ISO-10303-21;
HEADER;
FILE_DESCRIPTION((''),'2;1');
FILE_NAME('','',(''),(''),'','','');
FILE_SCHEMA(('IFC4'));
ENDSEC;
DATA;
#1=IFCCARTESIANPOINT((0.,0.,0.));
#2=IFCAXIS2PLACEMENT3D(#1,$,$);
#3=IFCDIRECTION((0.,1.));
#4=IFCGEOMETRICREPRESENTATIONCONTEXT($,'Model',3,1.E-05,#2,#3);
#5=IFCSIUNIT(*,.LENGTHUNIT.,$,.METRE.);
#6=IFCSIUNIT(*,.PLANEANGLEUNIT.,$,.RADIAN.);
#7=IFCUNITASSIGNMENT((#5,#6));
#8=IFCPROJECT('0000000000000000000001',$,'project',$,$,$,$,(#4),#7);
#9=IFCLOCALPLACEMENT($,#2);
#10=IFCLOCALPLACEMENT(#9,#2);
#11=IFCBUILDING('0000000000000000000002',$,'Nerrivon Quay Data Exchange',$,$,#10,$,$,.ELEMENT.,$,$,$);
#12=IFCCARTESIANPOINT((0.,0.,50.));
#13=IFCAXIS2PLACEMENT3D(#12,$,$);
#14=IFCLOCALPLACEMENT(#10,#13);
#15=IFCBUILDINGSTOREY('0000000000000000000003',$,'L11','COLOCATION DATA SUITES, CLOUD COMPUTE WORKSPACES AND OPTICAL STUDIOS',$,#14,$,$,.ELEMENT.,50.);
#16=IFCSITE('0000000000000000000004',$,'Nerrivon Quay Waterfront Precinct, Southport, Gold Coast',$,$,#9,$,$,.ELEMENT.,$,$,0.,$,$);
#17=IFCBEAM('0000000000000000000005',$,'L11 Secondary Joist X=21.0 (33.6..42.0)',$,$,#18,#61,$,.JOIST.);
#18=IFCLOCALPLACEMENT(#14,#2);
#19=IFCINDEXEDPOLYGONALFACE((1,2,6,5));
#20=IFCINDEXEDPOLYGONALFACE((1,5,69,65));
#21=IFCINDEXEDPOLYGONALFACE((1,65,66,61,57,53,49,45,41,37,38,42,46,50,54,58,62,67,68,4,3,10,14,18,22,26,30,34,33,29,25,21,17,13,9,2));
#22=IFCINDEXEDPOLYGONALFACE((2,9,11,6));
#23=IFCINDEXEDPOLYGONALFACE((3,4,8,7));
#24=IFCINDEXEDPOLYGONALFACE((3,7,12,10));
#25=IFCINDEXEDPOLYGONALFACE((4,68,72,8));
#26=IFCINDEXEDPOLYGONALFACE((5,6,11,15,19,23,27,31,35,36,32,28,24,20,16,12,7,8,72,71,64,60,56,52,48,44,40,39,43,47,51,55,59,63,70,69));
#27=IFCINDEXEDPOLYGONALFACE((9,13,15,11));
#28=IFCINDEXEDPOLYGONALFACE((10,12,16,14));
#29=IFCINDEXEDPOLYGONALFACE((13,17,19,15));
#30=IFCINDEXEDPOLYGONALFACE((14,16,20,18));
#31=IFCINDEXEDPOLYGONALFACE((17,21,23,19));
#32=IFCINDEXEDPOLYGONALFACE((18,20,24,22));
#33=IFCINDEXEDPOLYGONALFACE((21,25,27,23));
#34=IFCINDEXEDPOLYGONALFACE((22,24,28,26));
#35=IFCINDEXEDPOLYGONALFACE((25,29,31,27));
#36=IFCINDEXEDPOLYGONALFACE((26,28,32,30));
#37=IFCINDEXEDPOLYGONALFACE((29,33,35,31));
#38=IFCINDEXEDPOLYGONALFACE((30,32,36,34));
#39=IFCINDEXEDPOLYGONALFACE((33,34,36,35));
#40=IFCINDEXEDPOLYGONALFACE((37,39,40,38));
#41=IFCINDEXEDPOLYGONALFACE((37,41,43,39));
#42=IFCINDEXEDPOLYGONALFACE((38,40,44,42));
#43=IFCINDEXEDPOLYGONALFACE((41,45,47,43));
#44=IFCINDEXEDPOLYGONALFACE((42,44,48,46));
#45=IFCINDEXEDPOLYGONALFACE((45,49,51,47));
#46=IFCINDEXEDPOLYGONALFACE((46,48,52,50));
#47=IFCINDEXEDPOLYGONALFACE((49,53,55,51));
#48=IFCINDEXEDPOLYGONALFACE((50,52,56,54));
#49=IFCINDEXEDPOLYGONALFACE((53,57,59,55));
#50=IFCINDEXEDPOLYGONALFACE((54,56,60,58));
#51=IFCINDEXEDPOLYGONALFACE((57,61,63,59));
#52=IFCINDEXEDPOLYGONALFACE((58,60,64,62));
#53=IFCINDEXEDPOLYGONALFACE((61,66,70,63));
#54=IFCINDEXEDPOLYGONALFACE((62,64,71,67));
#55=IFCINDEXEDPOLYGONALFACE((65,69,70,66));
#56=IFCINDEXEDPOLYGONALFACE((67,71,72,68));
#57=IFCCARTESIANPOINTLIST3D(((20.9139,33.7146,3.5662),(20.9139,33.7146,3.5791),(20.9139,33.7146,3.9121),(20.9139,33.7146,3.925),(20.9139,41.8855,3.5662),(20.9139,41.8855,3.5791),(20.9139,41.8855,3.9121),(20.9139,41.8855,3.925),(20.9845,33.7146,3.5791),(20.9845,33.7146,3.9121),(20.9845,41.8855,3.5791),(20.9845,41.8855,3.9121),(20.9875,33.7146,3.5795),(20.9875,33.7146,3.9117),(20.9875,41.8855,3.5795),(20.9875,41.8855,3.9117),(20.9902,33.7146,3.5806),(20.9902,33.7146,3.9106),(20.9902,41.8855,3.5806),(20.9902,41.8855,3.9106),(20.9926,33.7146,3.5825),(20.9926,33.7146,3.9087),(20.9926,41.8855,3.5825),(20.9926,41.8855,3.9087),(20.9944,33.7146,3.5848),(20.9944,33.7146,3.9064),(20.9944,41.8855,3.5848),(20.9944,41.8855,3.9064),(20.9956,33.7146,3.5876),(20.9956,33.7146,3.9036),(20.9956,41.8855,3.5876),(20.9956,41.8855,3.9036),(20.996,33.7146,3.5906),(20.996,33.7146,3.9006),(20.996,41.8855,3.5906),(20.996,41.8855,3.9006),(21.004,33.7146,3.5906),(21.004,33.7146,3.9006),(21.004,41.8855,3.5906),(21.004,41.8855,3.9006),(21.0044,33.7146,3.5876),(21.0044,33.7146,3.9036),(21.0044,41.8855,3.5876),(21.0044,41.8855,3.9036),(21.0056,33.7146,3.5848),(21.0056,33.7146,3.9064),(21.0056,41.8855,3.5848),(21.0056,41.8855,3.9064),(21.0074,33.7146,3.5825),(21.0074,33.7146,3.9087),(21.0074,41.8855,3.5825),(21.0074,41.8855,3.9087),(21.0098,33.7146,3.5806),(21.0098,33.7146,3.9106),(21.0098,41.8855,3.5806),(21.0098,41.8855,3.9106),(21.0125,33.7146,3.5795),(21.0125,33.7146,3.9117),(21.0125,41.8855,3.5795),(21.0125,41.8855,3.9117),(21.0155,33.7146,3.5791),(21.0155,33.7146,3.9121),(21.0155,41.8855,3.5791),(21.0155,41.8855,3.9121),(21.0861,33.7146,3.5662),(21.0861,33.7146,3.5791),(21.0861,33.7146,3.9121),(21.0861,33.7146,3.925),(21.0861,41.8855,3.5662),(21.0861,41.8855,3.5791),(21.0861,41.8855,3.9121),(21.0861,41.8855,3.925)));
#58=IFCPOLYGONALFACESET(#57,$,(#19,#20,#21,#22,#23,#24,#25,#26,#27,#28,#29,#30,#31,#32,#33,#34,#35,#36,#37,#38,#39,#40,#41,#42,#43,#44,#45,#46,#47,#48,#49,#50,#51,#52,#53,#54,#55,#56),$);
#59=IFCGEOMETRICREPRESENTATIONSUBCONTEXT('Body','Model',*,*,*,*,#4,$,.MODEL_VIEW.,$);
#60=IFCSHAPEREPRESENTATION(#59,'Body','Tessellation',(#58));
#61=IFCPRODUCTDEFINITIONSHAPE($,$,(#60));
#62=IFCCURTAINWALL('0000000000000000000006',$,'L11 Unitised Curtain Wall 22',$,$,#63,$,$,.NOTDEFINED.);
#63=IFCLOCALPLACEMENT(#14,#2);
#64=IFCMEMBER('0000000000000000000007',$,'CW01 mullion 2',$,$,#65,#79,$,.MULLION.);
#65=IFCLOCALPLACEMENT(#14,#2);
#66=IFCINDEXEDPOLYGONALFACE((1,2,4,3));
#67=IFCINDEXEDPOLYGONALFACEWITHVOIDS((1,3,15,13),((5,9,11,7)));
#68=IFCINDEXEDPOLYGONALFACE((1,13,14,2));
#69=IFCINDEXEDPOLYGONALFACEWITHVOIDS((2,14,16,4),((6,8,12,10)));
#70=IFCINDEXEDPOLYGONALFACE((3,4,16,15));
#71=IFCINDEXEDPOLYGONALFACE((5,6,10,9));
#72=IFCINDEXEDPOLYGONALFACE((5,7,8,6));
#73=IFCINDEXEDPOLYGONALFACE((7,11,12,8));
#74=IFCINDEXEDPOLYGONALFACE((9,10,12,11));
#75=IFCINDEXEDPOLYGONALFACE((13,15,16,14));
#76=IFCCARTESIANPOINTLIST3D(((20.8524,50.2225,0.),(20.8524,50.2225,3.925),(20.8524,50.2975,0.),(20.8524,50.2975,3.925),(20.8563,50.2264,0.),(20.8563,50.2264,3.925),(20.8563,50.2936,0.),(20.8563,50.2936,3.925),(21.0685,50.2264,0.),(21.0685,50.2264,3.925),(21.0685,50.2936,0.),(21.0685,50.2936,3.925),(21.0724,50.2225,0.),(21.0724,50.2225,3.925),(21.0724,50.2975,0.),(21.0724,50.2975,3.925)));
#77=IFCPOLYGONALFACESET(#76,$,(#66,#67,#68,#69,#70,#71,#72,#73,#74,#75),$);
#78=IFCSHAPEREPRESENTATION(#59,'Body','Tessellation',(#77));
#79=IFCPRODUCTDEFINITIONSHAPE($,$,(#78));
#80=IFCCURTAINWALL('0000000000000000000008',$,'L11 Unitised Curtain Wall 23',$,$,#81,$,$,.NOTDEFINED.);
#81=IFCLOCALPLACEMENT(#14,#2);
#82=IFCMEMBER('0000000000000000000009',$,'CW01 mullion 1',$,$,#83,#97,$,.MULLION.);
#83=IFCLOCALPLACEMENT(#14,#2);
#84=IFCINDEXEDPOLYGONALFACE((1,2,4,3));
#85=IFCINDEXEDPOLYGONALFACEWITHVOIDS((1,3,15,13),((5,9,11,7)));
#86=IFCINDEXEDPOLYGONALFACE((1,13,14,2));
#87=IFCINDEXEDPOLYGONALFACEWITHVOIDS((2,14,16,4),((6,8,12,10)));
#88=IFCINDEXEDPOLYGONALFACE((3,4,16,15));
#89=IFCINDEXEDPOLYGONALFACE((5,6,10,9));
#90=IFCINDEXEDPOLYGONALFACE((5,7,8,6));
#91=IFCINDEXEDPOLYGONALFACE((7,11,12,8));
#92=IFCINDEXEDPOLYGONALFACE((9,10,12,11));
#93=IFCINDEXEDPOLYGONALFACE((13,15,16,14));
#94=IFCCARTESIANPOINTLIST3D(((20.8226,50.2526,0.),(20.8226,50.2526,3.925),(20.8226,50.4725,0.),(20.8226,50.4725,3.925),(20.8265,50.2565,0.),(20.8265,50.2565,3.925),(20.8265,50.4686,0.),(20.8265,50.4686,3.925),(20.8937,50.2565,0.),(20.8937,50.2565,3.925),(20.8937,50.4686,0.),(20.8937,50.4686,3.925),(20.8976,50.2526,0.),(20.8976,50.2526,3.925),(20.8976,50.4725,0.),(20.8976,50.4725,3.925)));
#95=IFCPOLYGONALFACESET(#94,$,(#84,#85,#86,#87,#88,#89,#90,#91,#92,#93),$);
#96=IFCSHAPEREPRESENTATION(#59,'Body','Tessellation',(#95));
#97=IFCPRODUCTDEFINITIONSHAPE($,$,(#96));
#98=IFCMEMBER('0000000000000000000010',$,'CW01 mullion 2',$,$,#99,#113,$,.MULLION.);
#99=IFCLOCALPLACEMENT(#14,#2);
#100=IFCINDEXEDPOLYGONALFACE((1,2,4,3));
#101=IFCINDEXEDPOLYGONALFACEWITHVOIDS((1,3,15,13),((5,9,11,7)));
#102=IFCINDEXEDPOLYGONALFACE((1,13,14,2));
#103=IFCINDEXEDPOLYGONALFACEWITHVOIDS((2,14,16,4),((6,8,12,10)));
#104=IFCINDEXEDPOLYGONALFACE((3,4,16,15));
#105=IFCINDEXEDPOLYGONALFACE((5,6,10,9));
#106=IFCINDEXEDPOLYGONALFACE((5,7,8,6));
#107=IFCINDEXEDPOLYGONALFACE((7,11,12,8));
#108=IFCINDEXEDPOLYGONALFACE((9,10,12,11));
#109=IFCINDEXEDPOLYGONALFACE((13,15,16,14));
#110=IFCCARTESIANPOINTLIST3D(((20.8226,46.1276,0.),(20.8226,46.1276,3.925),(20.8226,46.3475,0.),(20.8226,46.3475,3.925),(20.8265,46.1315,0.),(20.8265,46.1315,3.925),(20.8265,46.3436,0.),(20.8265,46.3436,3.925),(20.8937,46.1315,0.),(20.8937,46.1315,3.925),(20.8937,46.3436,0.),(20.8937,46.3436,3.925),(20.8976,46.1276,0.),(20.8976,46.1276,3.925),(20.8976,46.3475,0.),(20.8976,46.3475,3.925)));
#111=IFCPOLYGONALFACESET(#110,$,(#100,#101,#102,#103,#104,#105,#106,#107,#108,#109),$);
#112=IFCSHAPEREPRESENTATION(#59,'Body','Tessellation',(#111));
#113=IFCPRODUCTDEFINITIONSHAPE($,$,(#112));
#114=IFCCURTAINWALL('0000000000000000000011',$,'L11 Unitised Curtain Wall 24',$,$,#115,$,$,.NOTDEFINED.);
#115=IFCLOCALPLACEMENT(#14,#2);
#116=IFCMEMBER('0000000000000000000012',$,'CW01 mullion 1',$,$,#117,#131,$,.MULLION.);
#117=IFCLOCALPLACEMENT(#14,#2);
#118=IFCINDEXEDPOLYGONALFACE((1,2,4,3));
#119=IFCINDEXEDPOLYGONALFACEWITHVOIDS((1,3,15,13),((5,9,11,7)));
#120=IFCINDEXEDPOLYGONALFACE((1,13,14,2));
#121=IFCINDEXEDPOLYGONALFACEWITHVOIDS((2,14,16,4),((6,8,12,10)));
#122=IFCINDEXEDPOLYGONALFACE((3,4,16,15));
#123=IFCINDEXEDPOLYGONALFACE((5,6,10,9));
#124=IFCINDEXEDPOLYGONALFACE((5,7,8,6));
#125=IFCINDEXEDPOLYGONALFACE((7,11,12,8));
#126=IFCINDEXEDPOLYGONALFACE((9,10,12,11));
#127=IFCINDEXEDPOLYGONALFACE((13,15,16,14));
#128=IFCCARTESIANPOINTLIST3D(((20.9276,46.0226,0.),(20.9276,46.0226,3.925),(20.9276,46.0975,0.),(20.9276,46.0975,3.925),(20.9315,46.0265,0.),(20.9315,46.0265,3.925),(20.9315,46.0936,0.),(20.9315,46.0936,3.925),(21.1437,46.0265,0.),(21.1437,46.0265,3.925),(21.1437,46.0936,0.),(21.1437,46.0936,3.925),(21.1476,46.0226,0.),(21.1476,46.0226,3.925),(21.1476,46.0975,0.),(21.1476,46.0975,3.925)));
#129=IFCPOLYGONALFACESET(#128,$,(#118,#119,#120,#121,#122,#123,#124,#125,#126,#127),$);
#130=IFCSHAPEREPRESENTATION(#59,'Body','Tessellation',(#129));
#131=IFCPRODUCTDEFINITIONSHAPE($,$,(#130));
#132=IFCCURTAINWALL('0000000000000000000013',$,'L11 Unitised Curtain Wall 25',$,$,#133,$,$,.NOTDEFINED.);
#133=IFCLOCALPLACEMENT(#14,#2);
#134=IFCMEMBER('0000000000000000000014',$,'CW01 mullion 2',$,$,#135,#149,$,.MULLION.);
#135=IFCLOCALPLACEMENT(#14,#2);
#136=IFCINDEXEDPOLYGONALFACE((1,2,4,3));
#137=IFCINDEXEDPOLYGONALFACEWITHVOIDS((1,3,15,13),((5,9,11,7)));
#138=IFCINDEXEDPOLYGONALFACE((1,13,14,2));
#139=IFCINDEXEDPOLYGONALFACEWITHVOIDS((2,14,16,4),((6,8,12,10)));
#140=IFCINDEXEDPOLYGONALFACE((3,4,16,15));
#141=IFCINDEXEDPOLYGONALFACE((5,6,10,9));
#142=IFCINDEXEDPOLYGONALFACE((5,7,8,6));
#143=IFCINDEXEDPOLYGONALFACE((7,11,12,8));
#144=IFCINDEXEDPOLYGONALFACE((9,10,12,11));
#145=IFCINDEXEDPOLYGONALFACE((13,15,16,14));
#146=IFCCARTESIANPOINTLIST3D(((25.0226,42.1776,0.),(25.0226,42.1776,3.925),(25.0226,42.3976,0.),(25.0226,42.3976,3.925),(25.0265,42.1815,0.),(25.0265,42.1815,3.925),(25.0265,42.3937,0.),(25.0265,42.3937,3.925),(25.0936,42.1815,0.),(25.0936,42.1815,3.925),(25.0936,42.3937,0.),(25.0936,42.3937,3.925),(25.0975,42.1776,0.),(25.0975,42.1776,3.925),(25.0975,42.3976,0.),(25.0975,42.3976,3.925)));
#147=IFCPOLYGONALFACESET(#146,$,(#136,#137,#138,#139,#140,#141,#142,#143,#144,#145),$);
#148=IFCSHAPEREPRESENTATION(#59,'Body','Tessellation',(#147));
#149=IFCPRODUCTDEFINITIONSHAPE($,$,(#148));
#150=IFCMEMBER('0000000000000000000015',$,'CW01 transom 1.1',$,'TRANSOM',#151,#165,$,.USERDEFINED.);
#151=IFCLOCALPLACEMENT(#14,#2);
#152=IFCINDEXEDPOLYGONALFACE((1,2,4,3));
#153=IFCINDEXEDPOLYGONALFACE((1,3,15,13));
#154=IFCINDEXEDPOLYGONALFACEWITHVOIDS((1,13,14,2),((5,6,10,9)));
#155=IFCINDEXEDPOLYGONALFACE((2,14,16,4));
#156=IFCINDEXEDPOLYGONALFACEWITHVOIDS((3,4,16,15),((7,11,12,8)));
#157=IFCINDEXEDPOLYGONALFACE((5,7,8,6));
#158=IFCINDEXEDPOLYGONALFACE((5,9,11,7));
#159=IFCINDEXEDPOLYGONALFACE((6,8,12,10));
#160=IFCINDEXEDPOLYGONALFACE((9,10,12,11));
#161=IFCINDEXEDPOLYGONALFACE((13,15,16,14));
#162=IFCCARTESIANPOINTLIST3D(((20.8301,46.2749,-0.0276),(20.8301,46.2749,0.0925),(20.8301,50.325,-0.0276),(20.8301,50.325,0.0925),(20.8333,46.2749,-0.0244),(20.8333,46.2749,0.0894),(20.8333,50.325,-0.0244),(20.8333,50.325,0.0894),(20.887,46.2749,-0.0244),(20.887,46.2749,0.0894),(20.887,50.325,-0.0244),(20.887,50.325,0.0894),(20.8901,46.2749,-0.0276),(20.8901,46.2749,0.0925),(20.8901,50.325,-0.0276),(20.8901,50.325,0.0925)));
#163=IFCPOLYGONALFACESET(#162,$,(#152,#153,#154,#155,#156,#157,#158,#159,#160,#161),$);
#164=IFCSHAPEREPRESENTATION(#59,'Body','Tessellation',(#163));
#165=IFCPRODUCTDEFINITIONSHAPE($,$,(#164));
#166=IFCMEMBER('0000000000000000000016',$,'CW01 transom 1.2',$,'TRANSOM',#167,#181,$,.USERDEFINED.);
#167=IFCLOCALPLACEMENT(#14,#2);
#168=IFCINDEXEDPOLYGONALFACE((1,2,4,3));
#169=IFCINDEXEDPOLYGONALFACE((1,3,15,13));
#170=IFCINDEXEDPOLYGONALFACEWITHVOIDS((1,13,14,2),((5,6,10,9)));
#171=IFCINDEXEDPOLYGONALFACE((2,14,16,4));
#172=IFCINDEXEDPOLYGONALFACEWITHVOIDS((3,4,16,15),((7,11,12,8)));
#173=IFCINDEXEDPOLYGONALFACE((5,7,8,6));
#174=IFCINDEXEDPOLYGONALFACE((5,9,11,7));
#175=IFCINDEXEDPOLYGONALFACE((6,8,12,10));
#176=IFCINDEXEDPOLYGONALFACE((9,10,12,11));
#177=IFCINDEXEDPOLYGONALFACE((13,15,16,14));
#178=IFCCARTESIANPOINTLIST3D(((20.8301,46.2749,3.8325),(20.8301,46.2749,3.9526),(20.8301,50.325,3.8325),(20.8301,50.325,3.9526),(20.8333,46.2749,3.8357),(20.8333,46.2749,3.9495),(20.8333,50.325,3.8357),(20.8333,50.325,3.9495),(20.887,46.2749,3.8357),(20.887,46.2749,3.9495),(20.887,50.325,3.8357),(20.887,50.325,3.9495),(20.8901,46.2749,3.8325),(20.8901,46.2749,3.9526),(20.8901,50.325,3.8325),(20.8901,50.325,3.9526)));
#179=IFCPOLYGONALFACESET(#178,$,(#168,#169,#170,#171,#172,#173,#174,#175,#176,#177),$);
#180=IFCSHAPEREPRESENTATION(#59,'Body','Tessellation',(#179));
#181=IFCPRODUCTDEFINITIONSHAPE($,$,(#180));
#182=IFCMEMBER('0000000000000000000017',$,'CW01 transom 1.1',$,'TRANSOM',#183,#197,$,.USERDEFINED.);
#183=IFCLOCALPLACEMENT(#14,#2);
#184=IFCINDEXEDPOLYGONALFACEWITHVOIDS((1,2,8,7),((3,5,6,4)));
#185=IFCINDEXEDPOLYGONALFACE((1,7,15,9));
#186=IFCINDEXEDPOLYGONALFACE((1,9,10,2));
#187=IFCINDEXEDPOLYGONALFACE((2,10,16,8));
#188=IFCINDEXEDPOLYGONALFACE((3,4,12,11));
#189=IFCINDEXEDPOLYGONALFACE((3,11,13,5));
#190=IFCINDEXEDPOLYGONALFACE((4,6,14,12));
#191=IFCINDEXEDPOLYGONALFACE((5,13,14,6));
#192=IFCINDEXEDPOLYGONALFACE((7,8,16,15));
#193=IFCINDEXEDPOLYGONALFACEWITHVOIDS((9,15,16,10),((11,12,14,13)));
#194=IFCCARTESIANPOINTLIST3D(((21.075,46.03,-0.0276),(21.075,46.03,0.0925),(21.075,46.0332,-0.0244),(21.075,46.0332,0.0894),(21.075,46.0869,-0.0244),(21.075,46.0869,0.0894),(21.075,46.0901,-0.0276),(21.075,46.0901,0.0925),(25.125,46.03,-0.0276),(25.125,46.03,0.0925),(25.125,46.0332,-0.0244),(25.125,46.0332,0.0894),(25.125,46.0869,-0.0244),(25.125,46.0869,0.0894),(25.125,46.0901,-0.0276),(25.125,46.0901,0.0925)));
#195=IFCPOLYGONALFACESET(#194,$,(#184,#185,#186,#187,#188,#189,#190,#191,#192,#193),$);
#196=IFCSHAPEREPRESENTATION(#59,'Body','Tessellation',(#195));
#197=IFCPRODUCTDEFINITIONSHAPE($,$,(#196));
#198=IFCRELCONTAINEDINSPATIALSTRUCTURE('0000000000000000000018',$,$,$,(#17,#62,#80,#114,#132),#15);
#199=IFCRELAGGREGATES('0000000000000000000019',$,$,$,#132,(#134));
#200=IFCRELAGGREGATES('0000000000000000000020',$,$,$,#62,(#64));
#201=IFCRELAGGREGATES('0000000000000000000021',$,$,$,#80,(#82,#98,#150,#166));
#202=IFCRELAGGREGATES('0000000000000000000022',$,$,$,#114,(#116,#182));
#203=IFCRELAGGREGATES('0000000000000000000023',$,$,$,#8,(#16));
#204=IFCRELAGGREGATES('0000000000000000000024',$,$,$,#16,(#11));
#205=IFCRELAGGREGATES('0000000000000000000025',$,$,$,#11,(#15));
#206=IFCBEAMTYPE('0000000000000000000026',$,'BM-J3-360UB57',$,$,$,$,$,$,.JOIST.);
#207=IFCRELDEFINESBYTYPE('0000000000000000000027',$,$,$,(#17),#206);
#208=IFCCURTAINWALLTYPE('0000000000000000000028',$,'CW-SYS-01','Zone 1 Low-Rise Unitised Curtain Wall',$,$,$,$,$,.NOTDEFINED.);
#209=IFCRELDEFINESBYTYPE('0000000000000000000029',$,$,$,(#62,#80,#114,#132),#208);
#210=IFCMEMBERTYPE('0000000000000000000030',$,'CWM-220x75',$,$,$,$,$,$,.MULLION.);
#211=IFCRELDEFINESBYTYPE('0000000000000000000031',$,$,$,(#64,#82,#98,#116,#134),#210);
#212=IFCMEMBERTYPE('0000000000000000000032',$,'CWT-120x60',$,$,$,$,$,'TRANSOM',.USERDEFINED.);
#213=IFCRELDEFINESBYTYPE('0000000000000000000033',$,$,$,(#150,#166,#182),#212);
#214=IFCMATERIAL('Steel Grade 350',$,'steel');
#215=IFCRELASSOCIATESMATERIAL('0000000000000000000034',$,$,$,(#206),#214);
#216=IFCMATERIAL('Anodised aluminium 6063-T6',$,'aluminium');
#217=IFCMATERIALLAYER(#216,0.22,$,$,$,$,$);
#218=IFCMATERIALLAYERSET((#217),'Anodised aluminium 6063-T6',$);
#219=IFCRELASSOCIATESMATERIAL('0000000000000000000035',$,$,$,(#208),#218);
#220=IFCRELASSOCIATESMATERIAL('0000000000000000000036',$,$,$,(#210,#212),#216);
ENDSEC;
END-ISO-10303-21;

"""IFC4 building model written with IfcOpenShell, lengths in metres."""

from ifc_helpers import new_model, si_unit, direction, frame, origin, origin_2d, place, context, subcontext, project, spatial, hollow_rectangle, i_section, extrude, material, layer, layer_set, material_profile, profile_set, type_object, element, aggregate, save


model = new_model("IFC4")

# Units and contexts
model_context = context("Model", 3, precision=1e-05, world=origin(), true_north=direction((0.0, 1.0)))
body_context = subcontext(model_context, "Body", "Model", "MODEL_VIEW")
ifc_project = project(units=[si_unit("LENGTHUNIT", "METRE"), si_unit("PLANEANGLEUNIT", "RADIAN")], contexts=[model_context])

# Site, building, storey
site_placement = place(None, origin())
site = spatial("IfcSite", under=ifc_project, at=site_placement, Name="Nerrivon Quay Waterfront Precinct, Southport, Gold Coast", CompositionType="ELEMENT", RefElevation=0.0)
building_placement = place(site_placement, origin())
building = spatial("IfcBuilding", under=site, at=building_placement, Name="Nerrivon Quay Data Exchange", CompositionType="ELEMENT")
storey_placement = place(building_placement, frame((0.0, 0.0, 50.0)))
storey = spatial("IfcBuildingStorey", under=building, at=storey_placement, Name="L11", Description="COLOCATION DATA SUITES, CLOUD COMPUTE WORKSPACES AND OPTICAL STUDIOS", CompositionType="ELEMENT", Elevation=50.0)

# Beam
ifc_material_1 = material(Name="Steel Grade 350", Category="steel")
ifc_material_profile_1 = material_profile(ifc_material_1, i_section(OverallWidth=0.1721, OverallDepth=0.3589, WebThickness=0.0081, FlangeThickness=0.0129, FilletRadius=0.0115, at=origin_2d()), Name="360UB56.7")
ifc_profile_set_1 = profile_set([ifc_material_profile_1], Name="Steel Grade 350")
beam_type_1 = type_object("IfcBeamType", Name="BM-J3-360UB57", PredefinedType="JOIST", material=ifc_profile_set_1)
beam_1_placement = place(storey_placement, frame((21.0, 33.7146, 3.7456), z_axis=(0.0, 1.0, 0.0), x_axis=(-1.0, 0.0, 0.0)))
element("IfcBeam", 1, at=beam_1_placement, inside=storey, type_object=beam_type_1, Name="L11 Secondary Joist X=21.0 (33.6..42.0)", PredefinedType="JOIST", context=body_context, shape_type="SweptSolid", body=[
    extrude(i_section(OverallWidth=0.1721, OverallDepth=0.3589, WebThickness=0.0081, FlangeThickness=0.0129, FilletRadius=0.0115, at=origin_2d()), origin(), (0.0, 0.0, 1.0), 8.1709),
])

# Curtain wall, member
ifc_material_2 = material(Name="Anodised aluminium 6063-T6", Category="aluminium")
ifc_layer_1 = layer(ifc_material_2, 0.22)
ifc_layer_set_1 = layer_set([ifc_layer_1], Name="Anodised aluminium 6063-T6")
curtain_wall_type = type_object("IfcCurtainWallType", Name="CW-SYS-01", Description="Zone 1 Low-Rise Unitised Curtain Wall", PredefinedType="NOTDEFINED", material=ifc_layer_set_1)
curtain_wall_1_placement = place(storey_placement, origin())
curtain_wall_1 = element("IfcCurtainWall", 2, at=curtain_wall_1_placement, inside=storey, type_object=curtain_wall_type, Name="L11 Unitised Curtain Wall 22", PredefinedType="NOTDEFINED")
ifc_material_profile_2 = material_profile(ifc_material_2, hollow_rectangle(XDim=0.075, YDim=0.22, WallThickness=0.0039, at=origin_2d()), Name="ALU-MULL-220x75")
ifc_profile_set_2 = profile_set([ifc_material_profile_2], Name="Anodised aluminium 6063-T6")
member_type_1 = type_object("IfcMemberType", Name="CWM-220x75", PredefinedType="MULLION", material=ifc_profile_set_2)
member_1_placement = place(storey_placement, frame((20.9624, 50.26, 0.0), z_axis=(0.0, 0.0, 1.0), x_axis=(0.0, 1.0, 0.0)))
member_1 = element("IfcMember", 3, at=member_1_placement, type_object=member_type_1, Name="CW01 mullion 2", PredefinedType="MULLION", context=body_context, shape_type="SweptSolid", body=[
    extrude(hollow_rectangle(XDim=0.075, YDim=0.22, WallThickness=0.0039, at=origin_2d()), origin(), (0.0, 0.0, 1.0), 3.925),
])

# Curtain wall, members
curtain_wall_2_placement = place(storey_placement, origin())
curtain_wall_2 = element("IfcCurtainWall", 4, at=curtain_wall_2_placement, inside=storey, type_object=curtain_wall_type, Name="L11 Unitised Curtain Wall 23", PredefinedType="NOTDEFINED")
member_2_placement = place(storey_placement, frame((20.8601, 50.3625, 0.0), z_axis=(0.0, 0.0, 1.0), x_axis=(1.0, 0.0, 0.0)))
member_2 = element("IfcMember", 5, at=member_2_placement, type_object=member_type_1, Name="CW01 mullion 1", PredefinedType="MULLION", context=body_context, shape_type="SweptSolid", body=[
    extrude(hollow_rectangle(XDim=0.075, YDim=0.22, WallThickness=0.0039, at=origin_2d()), origin(), (0.0, 0.0, 1.0), 3.925),
])
member_3_placement = place(storey_placement, frame((20.8601, 46.2375, 0.0), z_axis=(0.0, 0.0, 1.0), x_axis=(1.0, 0.0, 0.0)))
member_3 = element("IfcMember", 6, at=member_3_placement, type_object=member_type_1, Name="CW01 mullion 2", PredefinedType="MULLION", context=body_context, shape_type="SweptSolid", body=[
    extrude(hollow_rectangle(XDim=0.075, YDim=0.22, WallThickness=0.0039, at=origin_2d()), origin(), (0.0, 0.0, 1.0), 3.925),
])

# Curtain walls, members
curtain_wall_3_placement = place(storey_placement, origin())
curtain_wall_3 = element("IfcCurtainWall", 7, at=curtain_wall_3_placement, inside=storey, type_object=curtain_wall_type, Name="L11 Unitised Curtain Wall 24", PredefinedType="NOTDEFINED")
member_4_placement = place(storey_placement, frame((21.0376, 46.0601, 0.0), z_axis=(0.0, 0.0, 1.0), x_axis=(0.0, 1.0, 0.0)))
member_4 = element("IfcMember", 8, at=member_4_placement, type_object=member_type_1, Name="CW01 mullion 1", PredefinedType="MULLION", context=body_context, shape_type="SweptSolid", body=[
    extrude(hollow_rectangle(XDim=0.075, YDim=0.22, WallThickness=0.0039, at=origin_2d()), origin(), (0.0, 0.0, 1.0), 3.925),
])
curtain_wall_4_placement = place(storey_placement, origin())
curtain_wall_4 = element("IfcCurtainWall", 9, at=curtain_wall_4_placement, inside=storey, type_object=curtain_wall_type, Name="L11 Unitised Curtain Wall 25", PredefinedType="NOTDEFINED")
member_5_placement = place(storey_placement, frame((25.0601, 42.2876, 0.0), z_axis=(0.0, 0.0, 1.0), x_axis=(1.0, 0.0, 0.0)))
member_5 = element("IfcMember", 10, at=member_5_placement, type_object=member_type_1, Name="CW01 mullion 2", PredefinedType="MULLION", context=body_context, shape_type="SweptSolid", body=[
    extrude(hollow_rectangle(XDim=0.075, YDim=0.22, WallThickness=0.0039, at=origin_2d()), origin(), (0.0, 0.0, 1.0), 3.925),
])
aggregate(curtain_wall_4, [member_5])

# Members
ifc_material_profile_3 = material_profile(ifc_material_2, hollow_rectangle(XDim=0.0601, YDim=0.1201, WallThickness=0.0032, at=origin_2d()), Name="ALU-TRAN-120x60")
ifc_profile_set_3 = profile_set([ifc_material_profile_3], Name="Anodised aluminium 6063-T6")
member_type_2 = type_object("IfcMemberType", Name="CWT-120x60", ElementType="TRANSOM", PredefinedType="USERDEFINED", material=ifc_profile_set_3)
member_6_placement = place(storey_placement, frame((20.8601, 50.325, 0.0325), z_axis=(0.0, -1.0, 0.0), x_axis=(1.0, 0.0, 0.0)))
member_6 = element("IfcMember", 11, at=member_6_placement, type_object=member_type_2, Name="CW01 transom 1.1", ObjectType="TRANSOM", PredefinedType="USERDEFINED", context=body_context, shape_type="SweptSolid", body=[
    extrude(hollow_rectangle(XDim=0.0601, YDim=0.1201, WallThickness=0.0032, at=origin_2d()), origin(), (0.0, 0.0, 1.0), 4.05),
])
member_7_placement = place(storey_placement, frame((20.8601, 50.325, 3.8926), z_axis=(0.0, -1.0, 0.0), x_axis=(1.0, 0.0, 0.0)))
member_7 = element("IfcMember", 12, at=member_7_placement, type_object=member_type_2, Name="CW01 transom 1.2", ObjectType="TRANSOM", PredefinedType="USERDEFINED", context=body_context, shape_type="SweptSolid", body=[
    extrude(hollow_rectangle(XDim=0.0601, YDim=0.1201, WallThickness=0.0032, at=origin_2d()), origin(), (0.0, 0.0, 1.0), 4.05),
])
member_8_placement = place(storey_placement, frame((21.075, 46.0601, 0.0325), z_axis=(1.0, 0.0, 0.0), x_axis=(0.0, 1.0, 0.0)))
member_8 = element("IfcMember", 13, at=member_8_placement, type_object=member_type_2, Name="CW01 transom 1.1", ObjectType="TRANSOM", PredefinedType="USERDEFINED", context=body_context, shape_type="SweptSolid", body=[
    extrude(hollow_rectangle(XDim=0.0601, YDim=0.1201, WallThickness=0.0032, at=origin_2d()), origin(), (0.0, 0.0, 1.0), 4.05),
])

aggregate(curtain_wall_1, [member_1])
aggregate(curtain_wall_2, [member_2, member_3, member_6, member_7])
aggregate(curtain_wall_3, [member_4, member_8])

save(model, "model.ifc")
